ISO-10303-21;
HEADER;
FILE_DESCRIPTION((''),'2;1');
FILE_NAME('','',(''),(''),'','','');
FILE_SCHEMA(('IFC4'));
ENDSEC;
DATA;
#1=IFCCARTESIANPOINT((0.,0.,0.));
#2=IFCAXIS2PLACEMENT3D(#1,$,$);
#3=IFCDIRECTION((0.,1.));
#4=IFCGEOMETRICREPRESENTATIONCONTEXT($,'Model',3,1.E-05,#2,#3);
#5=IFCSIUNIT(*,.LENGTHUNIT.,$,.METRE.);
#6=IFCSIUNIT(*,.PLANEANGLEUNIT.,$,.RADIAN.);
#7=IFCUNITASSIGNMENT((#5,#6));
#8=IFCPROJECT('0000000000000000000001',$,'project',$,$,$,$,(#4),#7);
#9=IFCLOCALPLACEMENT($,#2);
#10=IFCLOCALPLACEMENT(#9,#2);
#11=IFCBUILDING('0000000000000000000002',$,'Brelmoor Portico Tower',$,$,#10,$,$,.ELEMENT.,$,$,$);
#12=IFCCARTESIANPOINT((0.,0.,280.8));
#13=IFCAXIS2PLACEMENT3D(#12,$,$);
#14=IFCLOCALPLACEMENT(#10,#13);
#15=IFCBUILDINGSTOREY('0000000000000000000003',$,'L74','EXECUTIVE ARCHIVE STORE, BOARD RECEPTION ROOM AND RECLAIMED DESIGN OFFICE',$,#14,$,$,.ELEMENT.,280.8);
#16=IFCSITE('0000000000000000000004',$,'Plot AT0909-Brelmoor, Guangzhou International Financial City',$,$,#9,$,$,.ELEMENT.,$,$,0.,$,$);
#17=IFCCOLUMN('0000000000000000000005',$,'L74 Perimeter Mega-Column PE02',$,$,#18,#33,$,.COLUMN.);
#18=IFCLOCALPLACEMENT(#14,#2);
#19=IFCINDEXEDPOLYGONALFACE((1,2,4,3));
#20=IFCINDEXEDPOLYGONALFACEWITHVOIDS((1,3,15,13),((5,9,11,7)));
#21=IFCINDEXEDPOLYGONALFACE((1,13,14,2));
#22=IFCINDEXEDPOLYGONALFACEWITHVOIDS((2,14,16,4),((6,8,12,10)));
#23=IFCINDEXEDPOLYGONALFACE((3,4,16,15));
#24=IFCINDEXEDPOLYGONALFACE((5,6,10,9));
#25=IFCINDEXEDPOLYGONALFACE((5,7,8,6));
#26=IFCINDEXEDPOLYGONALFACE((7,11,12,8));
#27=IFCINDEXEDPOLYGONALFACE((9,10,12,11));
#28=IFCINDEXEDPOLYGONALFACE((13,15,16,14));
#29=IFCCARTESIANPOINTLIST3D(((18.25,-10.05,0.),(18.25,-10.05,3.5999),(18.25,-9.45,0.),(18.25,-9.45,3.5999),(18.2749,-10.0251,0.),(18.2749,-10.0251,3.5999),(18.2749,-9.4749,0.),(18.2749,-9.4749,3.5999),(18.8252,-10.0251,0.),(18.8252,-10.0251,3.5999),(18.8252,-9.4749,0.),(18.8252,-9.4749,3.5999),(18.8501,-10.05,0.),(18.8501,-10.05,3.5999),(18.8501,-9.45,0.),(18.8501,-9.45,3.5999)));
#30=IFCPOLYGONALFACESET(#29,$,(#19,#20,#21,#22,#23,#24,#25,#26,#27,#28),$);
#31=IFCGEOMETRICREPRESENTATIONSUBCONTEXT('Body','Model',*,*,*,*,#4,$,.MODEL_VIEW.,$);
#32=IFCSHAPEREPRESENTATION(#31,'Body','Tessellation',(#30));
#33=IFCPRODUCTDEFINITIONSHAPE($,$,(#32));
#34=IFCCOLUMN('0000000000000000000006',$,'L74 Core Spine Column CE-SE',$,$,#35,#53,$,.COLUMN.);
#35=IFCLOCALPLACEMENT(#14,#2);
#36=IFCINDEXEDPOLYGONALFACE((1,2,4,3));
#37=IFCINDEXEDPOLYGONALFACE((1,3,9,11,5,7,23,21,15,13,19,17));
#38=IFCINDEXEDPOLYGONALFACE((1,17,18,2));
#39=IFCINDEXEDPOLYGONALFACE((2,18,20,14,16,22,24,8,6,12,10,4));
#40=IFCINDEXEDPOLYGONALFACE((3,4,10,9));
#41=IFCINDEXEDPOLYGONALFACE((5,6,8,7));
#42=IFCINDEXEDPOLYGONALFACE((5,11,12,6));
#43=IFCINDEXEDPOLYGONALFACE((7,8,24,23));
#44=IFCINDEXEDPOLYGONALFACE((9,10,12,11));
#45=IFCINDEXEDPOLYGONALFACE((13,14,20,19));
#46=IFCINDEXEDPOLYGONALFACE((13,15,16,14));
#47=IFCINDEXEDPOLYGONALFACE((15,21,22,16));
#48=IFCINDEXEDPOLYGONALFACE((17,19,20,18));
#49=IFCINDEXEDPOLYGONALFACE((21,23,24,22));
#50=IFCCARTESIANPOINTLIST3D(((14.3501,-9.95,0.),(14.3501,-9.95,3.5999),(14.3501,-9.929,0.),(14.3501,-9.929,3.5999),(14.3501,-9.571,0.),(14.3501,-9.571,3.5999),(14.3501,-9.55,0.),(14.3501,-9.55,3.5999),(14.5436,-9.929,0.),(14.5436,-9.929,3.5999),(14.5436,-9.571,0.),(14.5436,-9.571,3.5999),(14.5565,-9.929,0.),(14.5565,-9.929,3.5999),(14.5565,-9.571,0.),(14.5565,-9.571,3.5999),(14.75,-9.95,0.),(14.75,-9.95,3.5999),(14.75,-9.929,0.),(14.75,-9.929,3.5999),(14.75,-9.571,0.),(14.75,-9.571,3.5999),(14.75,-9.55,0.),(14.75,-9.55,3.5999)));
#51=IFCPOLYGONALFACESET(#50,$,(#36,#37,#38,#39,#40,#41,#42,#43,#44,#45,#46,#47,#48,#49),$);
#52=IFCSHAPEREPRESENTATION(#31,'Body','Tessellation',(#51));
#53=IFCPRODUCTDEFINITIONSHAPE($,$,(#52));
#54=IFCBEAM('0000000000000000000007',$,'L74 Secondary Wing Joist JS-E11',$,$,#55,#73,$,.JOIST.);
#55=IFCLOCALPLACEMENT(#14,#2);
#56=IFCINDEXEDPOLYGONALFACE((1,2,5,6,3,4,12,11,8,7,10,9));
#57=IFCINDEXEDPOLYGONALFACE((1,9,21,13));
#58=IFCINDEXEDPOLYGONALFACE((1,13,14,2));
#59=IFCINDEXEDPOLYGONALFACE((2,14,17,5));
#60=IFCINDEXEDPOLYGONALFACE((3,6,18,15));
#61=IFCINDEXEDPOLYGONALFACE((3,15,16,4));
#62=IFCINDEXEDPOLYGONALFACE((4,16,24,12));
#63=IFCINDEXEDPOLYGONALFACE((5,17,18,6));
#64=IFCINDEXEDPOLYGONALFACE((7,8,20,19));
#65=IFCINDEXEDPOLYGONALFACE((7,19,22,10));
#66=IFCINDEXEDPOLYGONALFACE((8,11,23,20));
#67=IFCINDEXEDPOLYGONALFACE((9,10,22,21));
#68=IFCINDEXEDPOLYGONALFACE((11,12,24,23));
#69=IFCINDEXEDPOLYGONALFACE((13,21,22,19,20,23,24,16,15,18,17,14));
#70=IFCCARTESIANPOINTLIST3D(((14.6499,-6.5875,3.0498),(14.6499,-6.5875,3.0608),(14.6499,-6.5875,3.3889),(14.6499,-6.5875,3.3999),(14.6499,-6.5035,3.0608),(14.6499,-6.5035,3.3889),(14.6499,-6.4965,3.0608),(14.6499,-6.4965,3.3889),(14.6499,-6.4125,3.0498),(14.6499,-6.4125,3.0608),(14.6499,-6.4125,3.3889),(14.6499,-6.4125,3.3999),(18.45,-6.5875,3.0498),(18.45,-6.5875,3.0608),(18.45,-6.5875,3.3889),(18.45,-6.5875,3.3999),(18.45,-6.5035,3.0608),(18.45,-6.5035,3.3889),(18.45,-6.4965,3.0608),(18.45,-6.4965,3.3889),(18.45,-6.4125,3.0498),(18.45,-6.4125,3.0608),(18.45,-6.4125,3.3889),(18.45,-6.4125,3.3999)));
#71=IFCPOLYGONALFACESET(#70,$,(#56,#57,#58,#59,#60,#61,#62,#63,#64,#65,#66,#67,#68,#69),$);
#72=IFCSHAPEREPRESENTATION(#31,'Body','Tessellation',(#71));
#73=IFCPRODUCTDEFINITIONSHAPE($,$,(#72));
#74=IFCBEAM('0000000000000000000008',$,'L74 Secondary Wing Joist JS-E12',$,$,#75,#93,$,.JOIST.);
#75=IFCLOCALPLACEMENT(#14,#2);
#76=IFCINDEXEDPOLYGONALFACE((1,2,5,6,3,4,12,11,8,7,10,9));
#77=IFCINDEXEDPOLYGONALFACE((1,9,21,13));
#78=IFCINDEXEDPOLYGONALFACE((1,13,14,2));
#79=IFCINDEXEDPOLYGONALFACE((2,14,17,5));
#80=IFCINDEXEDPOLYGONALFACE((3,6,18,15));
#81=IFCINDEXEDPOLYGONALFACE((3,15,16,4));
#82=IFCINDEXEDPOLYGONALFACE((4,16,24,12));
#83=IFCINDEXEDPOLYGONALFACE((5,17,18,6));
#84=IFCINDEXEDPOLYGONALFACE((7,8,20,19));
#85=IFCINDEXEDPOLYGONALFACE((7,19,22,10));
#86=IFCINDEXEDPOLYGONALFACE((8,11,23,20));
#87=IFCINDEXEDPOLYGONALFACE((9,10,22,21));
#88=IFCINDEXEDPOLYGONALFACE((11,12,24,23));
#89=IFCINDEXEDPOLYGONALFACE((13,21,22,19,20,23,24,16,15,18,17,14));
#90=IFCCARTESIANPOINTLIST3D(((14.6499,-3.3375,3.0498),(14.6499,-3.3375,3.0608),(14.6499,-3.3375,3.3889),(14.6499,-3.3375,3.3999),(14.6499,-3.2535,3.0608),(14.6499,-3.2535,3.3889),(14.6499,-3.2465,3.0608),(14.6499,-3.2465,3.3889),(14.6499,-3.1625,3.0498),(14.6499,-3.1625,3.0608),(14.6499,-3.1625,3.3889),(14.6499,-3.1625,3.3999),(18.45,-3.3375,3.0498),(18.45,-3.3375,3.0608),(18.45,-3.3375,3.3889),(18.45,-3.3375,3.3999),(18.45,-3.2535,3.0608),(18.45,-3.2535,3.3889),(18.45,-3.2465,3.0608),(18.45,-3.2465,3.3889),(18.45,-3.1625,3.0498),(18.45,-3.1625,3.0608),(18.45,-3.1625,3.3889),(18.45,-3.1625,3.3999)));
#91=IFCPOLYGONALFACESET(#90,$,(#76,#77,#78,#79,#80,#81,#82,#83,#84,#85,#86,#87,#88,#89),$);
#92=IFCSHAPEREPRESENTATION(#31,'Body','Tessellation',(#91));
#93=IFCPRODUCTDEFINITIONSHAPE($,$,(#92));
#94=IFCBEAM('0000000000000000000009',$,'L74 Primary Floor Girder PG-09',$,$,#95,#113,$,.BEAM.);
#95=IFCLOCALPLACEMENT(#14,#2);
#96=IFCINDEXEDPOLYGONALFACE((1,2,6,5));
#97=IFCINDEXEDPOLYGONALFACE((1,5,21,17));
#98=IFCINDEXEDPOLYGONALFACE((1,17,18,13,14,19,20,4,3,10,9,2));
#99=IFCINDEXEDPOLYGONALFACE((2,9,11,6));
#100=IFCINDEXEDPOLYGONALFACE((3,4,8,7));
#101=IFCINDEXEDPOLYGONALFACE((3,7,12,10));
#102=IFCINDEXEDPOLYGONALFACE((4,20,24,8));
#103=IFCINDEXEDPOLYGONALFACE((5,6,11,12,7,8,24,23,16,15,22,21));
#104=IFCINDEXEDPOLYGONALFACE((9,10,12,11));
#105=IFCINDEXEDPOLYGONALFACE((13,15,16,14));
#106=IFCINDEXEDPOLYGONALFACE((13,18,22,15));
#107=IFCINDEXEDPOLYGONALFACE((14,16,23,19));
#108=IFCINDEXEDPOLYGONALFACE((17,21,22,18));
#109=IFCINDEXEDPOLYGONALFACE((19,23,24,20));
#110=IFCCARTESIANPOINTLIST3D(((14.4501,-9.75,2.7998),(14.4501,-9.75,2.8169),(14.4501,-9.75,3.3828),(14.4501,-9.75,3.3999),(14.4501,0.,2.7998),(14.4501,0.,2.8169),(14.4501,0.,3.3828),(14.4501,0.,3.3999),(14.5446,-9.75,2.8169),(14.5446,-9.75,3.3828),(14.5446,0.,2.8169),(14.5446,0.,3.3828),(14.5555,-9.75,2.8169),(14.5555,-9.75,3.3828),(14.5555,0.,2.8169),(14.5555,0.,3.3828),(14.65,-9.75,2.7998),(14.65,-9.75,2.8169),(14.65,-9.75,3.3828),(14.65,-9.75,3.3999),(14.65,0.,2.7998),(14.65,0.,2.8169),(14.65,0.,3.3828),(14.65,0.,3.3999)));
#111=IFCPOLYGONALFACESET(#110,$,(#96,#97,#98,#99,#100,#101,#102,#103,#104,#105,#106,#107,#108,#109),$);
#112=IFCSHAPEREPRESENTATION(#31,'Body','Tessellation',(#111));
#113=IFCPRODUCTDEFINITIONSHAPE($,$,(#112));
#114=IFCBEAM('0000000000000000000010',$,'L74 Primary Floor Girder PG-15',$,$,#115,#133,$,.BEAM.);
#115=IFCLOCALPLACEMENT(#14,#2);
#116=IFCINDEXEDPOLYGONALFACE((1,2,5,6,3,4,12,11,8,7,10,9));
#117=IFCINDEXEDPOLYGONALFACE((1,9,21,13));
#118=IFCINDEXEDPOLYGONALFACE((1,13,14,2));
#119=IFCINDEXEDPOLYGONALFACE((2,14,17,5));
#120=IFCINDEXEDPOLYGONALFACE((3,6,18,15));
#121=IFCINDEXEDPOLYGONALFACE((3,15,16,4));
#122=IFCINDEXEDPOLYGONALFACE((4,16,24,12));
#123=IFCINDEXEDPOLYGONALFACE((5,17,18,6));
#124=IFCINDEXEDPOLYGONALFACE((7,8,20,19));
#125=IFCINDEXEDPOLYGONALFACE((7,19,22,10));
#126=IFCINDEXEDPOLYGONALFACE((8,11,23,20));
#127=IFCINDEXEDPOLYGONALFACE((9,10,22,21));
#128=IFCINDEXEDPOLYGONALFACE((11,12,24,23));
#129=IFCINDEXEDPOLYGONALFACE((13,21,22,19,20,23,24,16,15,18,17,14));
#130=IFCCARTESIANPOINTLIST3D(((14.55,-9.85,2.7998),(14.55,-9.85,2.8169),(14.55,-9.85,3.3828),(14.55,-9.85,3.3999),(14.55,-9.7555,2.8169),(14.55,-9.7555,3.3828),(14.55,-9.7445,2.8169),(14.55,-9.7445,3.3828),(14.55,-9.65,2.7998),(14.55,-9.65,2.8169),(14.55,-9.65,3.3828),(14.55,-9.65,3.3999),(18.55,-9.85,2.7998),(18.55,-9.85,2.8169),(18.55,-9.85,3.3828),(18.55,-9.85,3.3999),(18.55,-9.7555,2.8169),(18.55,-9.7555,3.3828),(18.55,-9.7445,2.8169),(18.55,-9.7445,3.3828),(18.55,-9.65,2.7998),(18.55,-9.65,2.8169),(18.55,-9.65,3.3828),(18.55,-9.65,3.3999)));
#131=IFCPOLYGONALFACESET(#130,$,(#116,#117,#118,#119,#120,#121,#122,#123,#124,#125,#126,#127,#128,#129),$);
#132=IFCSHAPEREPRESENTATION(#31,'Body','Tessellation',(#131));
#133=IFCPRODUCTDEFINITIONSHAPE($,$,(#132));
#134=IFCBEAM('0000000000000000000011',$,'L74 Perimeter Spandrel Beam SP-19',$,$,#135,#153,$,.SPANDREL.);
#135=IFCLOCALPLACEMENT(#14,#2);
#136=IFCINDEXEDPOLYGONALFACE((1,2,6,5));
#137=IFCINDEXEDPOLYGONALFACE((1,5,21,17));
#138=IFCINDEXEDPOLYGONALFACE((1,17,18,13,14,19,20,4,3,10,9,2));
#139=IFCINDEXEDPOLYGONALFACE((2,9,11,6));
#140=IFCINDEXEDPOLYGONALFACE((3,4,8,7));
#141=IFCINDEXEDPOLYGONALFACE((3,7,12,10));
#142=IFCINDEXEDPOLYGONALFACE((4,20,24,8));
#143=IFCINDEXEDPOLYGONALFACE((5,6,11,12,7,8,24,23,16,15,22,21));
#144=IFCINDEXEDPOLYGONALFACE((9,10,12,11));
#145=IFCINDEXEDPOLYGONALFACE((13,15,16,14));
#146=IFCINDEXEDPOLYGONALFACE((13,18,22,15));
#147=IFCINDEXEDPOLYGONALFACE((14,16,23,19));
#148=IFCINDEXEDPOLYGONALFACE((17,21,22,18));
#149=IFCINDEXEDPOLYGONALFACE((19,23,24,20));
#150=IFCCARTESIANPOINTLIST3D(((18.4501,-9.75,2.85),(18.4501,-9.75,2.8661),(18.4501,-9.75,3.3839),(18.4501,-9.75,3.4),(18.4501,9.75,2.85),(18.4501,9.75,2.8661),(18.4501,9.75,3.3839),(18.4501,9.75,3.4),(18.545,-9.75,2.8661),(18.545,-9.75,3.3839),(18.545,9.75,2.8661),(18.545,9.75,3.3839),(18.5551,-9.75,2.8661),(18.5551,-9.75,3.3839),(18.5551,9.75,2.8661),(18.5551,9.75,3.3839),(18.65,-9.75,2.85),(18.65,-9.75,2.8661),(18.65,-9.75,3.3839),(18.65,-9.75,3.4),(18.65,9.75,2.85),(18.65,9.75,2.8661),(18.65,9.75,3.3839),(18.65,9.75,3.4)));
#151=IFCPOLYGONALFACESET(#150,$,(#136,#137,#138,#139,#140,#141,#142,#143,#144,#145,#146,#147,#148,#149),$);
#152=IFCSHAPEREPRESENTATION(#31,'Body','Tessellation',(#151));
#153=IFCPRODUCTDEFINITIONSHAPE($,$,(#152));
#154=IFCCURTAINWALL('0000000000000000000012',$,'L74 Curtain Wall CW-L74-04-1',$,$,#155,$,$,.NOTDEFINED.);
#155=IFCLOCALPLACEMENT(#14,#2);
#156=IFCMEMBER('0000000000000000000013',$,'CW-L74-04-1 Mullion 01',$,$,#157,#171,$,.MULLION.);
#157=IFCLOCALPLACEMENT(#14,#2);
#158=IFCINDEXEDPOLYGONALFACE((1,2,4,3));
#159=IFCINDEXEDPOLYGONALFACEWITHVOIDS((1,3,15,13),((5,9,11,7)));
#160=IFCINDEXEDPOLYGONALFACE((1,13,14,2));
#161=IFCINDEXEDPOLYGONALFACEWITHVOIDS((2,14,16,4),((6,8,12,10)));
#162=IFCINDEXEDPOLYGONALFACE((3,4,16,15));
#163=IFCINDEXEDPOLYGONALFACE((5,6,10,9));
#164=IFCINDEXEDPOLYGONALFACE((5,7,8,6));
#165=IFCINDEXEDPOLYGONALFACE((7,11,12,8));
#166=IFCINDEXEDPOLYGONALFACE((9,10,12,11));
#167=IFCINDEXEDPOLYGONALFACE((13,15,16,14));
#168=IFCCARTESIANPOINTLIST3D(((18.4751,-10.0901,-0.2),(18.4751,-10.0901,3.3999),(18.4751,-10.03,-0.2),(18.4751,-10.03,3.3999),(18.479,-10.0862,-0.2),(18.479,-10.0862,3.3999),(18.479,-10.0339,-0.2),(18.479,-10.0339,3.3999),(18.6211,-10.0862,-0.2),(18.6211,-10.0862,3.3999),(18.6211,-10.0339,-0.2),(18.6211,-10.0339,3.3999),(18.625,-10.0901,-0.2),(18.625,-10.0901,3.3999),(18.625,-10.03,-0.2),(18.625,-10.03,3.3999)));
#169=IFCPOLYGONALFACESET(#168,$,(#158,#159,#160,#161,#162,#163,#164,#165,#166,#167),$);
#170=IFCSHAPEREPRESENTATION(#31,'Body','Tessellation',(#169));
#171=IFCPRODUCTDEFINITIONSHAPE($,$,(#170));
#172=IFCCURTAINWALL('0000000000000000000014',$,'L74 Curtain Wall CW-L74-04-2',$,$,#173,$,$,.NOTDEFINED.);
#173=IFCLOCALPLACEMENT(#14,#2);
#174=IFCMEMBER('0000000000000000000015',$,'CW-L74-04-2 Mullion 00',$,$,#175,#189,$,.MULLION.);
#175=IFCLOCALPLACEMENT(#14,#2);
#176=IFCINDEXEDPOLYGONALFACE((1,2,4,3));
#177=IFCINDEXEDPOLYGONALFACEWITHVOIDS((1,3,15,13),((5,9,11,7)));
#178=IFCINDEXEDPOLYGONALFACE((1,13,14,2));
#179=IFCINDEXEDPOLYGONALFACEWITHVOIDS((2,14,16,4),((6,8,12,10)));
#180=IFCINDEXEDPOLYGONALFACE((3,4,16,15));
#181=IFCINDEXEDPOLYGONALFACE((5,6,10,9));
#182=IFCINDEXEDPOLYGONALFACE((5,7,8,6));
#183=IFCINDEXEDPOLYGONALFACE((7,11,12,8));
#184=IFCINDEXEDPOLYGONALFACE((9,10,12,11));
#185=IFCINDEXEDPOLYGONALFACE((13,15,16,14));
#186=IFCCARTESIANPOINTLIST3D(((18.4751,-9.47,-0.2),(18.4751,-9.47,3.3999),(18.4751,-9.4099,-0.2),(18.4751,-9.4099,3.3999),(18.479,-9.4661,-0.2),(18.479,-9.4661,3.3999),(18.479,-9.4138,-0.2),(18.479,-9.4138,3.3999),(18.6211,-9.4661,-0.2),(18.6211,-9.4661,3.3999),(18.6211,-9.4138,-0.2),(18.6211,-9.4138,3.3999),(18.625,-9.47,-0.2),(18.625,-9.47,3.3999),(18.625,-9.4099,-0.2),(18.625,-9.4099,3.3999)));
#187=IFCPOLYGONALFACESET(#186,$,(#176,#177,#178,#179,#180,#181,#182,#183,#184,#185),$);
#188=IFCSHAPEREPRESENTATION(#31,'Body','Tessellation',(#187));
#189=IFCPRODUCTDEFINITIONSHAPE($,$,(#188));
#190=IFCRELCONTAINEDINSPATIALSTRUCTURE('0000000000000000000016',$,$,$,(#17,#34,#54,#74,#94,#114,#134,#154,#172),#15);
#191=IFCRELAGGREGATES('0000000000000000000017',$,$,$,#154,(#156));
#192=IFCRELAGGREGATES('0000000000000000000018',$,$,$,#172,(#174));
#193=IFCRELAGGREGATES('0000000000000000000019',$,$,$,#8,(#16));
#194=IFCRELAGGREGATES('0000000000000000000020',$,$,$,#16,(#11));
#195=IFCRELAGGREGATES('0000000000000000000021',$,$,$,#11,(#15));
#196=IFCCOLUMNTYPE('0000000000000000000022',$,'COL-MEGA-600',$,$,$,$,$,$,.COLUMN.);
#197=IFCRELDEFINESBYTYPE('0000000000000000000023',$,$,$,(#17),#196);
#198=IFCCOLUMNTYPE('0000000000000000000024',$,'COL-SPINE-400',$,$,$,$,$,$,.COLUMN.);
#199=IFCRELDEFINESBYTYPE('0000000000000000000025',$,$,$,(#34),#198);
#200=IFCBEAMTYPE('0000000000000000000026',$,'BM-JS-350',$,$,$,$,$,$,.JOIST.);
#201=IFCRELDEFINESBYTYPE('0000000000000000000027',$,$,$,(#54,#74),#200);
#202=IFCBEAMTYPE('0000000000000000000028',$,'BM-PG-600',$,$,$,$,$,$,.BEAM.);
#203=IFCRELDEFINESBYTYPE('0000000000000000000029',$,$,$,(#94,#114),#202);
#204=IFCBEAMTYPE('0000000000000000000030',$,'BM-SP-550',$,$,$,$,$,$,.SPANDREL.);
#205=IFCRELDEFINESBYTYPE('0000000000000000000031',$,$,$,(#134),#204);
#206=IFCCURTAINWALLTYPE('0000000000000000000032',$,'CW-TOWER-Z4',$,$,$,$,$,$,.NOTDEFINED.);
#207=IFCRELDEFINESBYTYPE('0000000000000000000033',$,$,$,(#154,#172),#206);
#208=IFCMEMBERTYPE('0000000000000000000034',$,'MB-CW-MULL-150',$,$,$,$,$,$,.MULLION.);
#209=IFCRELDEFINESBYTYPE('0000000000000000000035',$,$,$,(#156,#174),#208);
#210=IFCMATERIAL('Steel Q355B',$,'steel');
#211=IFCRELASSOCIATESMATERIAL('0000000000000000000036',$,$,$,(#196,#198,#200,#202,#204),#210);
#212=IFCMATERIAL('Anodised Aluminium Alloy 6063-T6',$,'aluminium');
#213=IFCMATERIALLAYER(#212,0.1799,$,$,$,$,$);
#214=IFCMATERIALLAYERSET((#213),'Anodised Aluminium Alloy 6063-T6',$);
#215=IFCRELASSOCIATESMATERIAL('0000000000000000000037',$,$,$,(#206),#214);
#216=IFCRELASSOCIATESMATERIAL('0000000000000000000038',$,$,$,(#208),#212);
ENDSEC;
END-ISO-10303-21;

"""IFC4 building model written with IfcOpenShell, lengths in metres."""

from ifc_helpers import new_model, si_unit, direction, frame, origin, origin_2d, place, context, subcontext, project, spatial, hollow_rectangle, i_section, extrude, material, layer, layer_set, material_profile, profile_set, type_object, element, aggregate, save


model = new_model("IFC4")

# Units and contexts
model_context = context("Model", 3, precision=1e-05, world=origin(), true_north=direction((0.0, 1.0)))
body_context = subcontext(model_context, "Body", "Model", "MODEL_VIEW")
ifc_project = project(units=[si_unit("LENGTHUNIT", "METRE"), si_unit("PLANEANGLEUNIT", "RADIAN")], contexts=[model_context])

# Site, building, storey
site_placement = place(None, origin())
site = spatial("IfcSite", under=ifc_project, at=site_placement, Name="Plot AT0909-Brelmoor, Guangzhou International Financial City", CompositionType="ELEMENT", RefElevation=0.0)
building_placement = place(site_placement, origin())
building = spatial("IfcBuilding", under=site, at=building_placement, Name="Brelmoor Portico Tower", CompositionType="ELEMENT")
storey_placement = place(building_placement, frame((0.0, 0.0, 280.8)))
storey = spatial("IfcBuildingStorey", under=building, at=storey_placement, Name="L74", Description="EXECUTIVE ARCHIVE STORE, BOARD RECEPTION ROOM AND RECLAIMED DESIGN OFFICE", CompositionType="ELEMENT", Elevation=280.8)

# Columns
ifc_material_1 = material(Name="Steel Q355B", Category="steel")
ifc_material_profile_1 = material_profile(ifc_material_1, hollow_rectangle(XDim=0.6001, YDim=0.6001, WallThickness=0.0249, at=origin_2d()), Name="BOX 600x600x25")
ifc_profile_set_1 = profile_set([ifc_material_profile_1], Name="Steel Q355B")
column_type_1 = type_object("IfcColumnType", Name="COL-MEGA-600", PredefinedType="COLUMN", material=ifc_profile_set_1)
column_1_placement = place(storey_placement, frame((18.55, -9.75, 0.0), z_axis=(0.0, 0.0, 1.0), x_axis=(0.0, 1.0, 0.0)))
element("IfcColumn", 1, at=column_1_placement, inside=storey, type_object=column_type_1, Name="L74 Perimeter Mega-Column PE02", PredefinedType="COLUMN", context=body_context, shape_type="SweptSolid", body=[
    extrude(hollow_rectangle(XDim=0.6001, YDim=0.6001, WallThickness=0.0249, at=origin_2d()), origin(), (0.0, 0.0, 1.0), 3.5999),
])
ifc_material_profile_2 = material_profile(ifc_material_1, i_section(OverallWidth=0.3999, OverallDepth=0.3999, WebThickness=0.0129, FlangeThickness=0.021, at=origin_2d()), Name="HW 400x400x13x21")
ifc_profile_set_2 = profile_set([ifc_material_profile_2], Name="Steel Q355B")
column_type_2 = type_object("IfcColumnType", Name="COL-SPINE-400", PredefinedType="COLUMN", material=ifc_profile_set_2)
column_2_placement = place(storey_placement, frame((14.55, -9.75, 0.0), z_axis=(0.0, 0.0, 1.0), x_axis=(1.0, 0.0, 0.0)))
element("IfcColumn", 2, at=column_2_placement, inside=storey, type_object=column_type_2, Name="L74 Core Spine Column CE-SE", PredefinedType="COLUMN", context=body_context, shape_type="SweptSolid", body=[
    extrude(i_section(OverallWidth=0.3999, OverallDepth=0.3999, WebThickness=0.0129, FlangeThickness=0.021, at=origin_2d()), origin(), (0.0, 0.0, 1.0), 3.5999),
])

# Beams
ifc_material_profile_3 = material_profile(ifc_material_1, i_section(OverallWidth=0.175, OverallDepth=0.3501, WebThickness=0.0071, FlangeThickness=0.011, at=origin_2d()), Name="HN 350x175x7x11")
ifc_profile_set_3 = profile_set([ifc_material_profile_3], Name="Steel Q355B")
beam_type_1 = type_object("IfcBeamType", Name="BM-JS-350", PredefinedType="JOIST", material=ifc_profile_set_3)
for number, where, z_axis, x_axis, name in (
    (3, (14.6499, -6.5, 3.2249), (1.0, 0.0, 0.0), (0.0, 1.0, 0.0), "L74 Secondary Wing Joist JS-E11"),
    (4, (14.6499, -3.25, 3.2249), (1.0, 0.0, 0.0), (0.0, 1.0, 0.0), "L74 Secondary Wing Joist JS-E12"),
):
    element("IfcBeam", number, at=place(storey_placement, frame(where, z_axis=z_axis, x_axis=x_axis)), inside=storey, type_object=beam_type_1, Name=name, PredefinedType="JOIST", context=body_context, shape_type="SweptSolid", body=[
        extrude(i_section(OverallWidth=0.175, OverallDepth=0.3501, WebThickness=0.0071, FlangeThickness=0.011, at=origin_2d()), origin(), (0.0, 0.0, 1.0), 3.8),
    ])
ifc_material_profile_4 = material_profile(ifc_material_1, i_section(OverallWidth=0.2, OverallDepth=0.6001, WebThickness=0.011, FlangeThickness=0.0171, at=origin_2d()), Name="HN 600x200x11x17")
ifc_profile_set_4 = profile_set([ifc_material_profile_4], Name="Steel Q355B")
beam_type_2 = type_object("IfcBeamType", Name="BM-PG-600", PredefinedType="BEAM", material=ifc_profile_set_4)
beam_1_placement = place(storey_placement, frame((14.55, -9.75, 3.0999), z_axis=(0.0, 1.0, 0.0), x_axis=(-1.0, 0.0, 0.0)))
element("IfcBeam", 5, at=beam_1_placement, inside=storey, type_object=beam_type_2, Name="L74 Primary Floor Girder PG-09", PredefinedType="BEAM", context=body_context, shape_type="SweptSolid", body=[
    extrude(i_section(OverallWidth=0.2, OverallDepth=0.6001, WebThickness=0.011, FlangeThickness=0.0171, at=origin_2d()), origin(), (0.0, 0.0, 1.0), 9.75),
])
beam_2_placement = place(storey_placement, frame((14.55, -9.75, 3.0999), z_axis=(1.0, 0.0, 0.0), x_axis=(0.0, 1.0, 0.0)))
element("IfcBeam", 6, at=beam_2_placement, inside=storey, type_object=beam_type_2, Name="L74 Primary Floor Girder PG-15", PredefinedType="BEAM", context=body_context, shape_type="SweptSolid", body=[
    extrude(i_section(OverallWidth=0.2, OverallDepth=0.6001, WebThickness=0.011, FlangeThickness=0.0171, at=origin_2d()), origin(), (0.0, 0.0, 1.0), 4.0),
])
ifc_material_profile_5 = material_profile(ifc_material_1, i_section(OverallWidth=0.2, OverallDepth=0.55, WebThickness=0.01, FlangeThickness=0.0161, at=origin_2d()), Name="HN 550x200x10x16")
ifc_profile_set_5 = profile_set([ifc_material_profile_5], Name="Steel Q355B")
beam_type_3 = type_object("IfcBeamType", Name="BM-SP-550", PredefinedType="SPANDREL", material=ifc_profile_set_5)
beam_3_placement = place(storey_placement, frame((18.55, -9.75, 3.125), z_axis=(0.0, 1.0, 0.0), x_axis=(-1.0, 0.0, 0.0)))
element("IfcBeam", 7, at=beam_3_placement, inside=storey, type_object=beam_type_3, Name="L74 Perimeter Spandrel Beam SP-19", PredefinedType="SPANDREL", context=body_context, shape_type="SweptSolid", body=[
    extrude(i_section(OverallWidth=0.2, OverallDepth=0.55, WebThickness=0.01, FlangeThickness=0.0161, at=origin_2d()), origin(), (0.0, 0.0, 1.0), 19.5),
])

# Curtain walls, members
ifc_material_2 = material(Name="Anodised Aluminium Alloy 6063-T6", Category="aluminium")
ifc_layer_1 = layer(ifc_material_2, 0.1799)
ifc_layer_set_1 = layer_set([ifc_layer_1], Name="Anodised Aluminium Alloy 6063-T6")
curtain_wall_type = type_object("IfcCurtainWallType", Name="CW-TOWER-Z4", PredefinedType="NOTDEFINED", material=ifc_layer_set_1)
curtain_wall_1_placement = place(storey_placement, origin())
curtain_wall_1 = element("IfcCurtainWall", 8, at=curtain_wall_1_placement, inside=storey, type_object=curtain_wall_type, Name="L74 Curtain Wall CW-L74-04-1", PredefinedType="NOTDEFINED")
ifc_material_profile_6 = material_profile(ifc_material_2, hollow_rectangle(XDim=0.0601, YDim=0.1499, WallThickness=0.0039, at=origin_2d()), Name="ALU MULLION 60x150")
ifc_profile_set_6 = profile_set([ifc_material_profile_6], Name="Anodised Aluminium Alloy 6063-T6")
member_type_1 = type_object("IfcMemberType", Name="MB-CW-MULL-150", PredefinedType="MULLION", material=ifc_profile_set_6)
member_1_placement = place(storey_placement, frame((18.55, -10.0601, -0.2), z_axis=(0.0, 0.0, 1.0), x_axis=(0.0, 1.0, 0.0)))
member_1 = element("IfcMember", 9, at=member_1_placement, type_object=member_type_1, Name="CW-L74-04-1 Mullion 01", PredefinedType="MULLION", context=body_context, shape_type="SweptSolid", body=[
    extrude(hollow_rectangle(XDim=0.0601, YDim=0.1499, WallThickness=0.0039, at=origin_2d()), origin(), (0.0, 0.0, 1.0), 3.5999),
])
curtain_wall_2_placement = place(storey_placement, origin())
curtain_wall_2 = element("IfcCurtainWall", 10, at=curtain_wall_2_placement, inside=storey, type_object=curtain_wall_type, Name="L74 Curtain Wall CW-L74-04-2", PredefinedType="NOTDEFINED")
member_2_placement = place(storey_placement, frame((18.55, -9.4399, -0.2), z_axis=(0.0, 0.0, 1.0), x_axis=(0.0, 1.0, 0.0)))
member_2 = element("IfcMember", 11, at=member_2_placement, type_object=member_type_1, Name="CW-L74-04-2 Mullion 00", PredefinedType="MULLION", context=body_context, shape_type="SweptSolid", body=[
    extrude(hollow_rectangle(XDim=0.0601, YDim=0.1499, WallThickness=0.0039, at=origin_2d()), origin(), (0.0, 0.0, 1.0), 3.5999),
])

aggregate(curtain_wall_1, [member_1])
aggregate(curtain_wall_2, [member_2])

save(model, "model.ifc")
